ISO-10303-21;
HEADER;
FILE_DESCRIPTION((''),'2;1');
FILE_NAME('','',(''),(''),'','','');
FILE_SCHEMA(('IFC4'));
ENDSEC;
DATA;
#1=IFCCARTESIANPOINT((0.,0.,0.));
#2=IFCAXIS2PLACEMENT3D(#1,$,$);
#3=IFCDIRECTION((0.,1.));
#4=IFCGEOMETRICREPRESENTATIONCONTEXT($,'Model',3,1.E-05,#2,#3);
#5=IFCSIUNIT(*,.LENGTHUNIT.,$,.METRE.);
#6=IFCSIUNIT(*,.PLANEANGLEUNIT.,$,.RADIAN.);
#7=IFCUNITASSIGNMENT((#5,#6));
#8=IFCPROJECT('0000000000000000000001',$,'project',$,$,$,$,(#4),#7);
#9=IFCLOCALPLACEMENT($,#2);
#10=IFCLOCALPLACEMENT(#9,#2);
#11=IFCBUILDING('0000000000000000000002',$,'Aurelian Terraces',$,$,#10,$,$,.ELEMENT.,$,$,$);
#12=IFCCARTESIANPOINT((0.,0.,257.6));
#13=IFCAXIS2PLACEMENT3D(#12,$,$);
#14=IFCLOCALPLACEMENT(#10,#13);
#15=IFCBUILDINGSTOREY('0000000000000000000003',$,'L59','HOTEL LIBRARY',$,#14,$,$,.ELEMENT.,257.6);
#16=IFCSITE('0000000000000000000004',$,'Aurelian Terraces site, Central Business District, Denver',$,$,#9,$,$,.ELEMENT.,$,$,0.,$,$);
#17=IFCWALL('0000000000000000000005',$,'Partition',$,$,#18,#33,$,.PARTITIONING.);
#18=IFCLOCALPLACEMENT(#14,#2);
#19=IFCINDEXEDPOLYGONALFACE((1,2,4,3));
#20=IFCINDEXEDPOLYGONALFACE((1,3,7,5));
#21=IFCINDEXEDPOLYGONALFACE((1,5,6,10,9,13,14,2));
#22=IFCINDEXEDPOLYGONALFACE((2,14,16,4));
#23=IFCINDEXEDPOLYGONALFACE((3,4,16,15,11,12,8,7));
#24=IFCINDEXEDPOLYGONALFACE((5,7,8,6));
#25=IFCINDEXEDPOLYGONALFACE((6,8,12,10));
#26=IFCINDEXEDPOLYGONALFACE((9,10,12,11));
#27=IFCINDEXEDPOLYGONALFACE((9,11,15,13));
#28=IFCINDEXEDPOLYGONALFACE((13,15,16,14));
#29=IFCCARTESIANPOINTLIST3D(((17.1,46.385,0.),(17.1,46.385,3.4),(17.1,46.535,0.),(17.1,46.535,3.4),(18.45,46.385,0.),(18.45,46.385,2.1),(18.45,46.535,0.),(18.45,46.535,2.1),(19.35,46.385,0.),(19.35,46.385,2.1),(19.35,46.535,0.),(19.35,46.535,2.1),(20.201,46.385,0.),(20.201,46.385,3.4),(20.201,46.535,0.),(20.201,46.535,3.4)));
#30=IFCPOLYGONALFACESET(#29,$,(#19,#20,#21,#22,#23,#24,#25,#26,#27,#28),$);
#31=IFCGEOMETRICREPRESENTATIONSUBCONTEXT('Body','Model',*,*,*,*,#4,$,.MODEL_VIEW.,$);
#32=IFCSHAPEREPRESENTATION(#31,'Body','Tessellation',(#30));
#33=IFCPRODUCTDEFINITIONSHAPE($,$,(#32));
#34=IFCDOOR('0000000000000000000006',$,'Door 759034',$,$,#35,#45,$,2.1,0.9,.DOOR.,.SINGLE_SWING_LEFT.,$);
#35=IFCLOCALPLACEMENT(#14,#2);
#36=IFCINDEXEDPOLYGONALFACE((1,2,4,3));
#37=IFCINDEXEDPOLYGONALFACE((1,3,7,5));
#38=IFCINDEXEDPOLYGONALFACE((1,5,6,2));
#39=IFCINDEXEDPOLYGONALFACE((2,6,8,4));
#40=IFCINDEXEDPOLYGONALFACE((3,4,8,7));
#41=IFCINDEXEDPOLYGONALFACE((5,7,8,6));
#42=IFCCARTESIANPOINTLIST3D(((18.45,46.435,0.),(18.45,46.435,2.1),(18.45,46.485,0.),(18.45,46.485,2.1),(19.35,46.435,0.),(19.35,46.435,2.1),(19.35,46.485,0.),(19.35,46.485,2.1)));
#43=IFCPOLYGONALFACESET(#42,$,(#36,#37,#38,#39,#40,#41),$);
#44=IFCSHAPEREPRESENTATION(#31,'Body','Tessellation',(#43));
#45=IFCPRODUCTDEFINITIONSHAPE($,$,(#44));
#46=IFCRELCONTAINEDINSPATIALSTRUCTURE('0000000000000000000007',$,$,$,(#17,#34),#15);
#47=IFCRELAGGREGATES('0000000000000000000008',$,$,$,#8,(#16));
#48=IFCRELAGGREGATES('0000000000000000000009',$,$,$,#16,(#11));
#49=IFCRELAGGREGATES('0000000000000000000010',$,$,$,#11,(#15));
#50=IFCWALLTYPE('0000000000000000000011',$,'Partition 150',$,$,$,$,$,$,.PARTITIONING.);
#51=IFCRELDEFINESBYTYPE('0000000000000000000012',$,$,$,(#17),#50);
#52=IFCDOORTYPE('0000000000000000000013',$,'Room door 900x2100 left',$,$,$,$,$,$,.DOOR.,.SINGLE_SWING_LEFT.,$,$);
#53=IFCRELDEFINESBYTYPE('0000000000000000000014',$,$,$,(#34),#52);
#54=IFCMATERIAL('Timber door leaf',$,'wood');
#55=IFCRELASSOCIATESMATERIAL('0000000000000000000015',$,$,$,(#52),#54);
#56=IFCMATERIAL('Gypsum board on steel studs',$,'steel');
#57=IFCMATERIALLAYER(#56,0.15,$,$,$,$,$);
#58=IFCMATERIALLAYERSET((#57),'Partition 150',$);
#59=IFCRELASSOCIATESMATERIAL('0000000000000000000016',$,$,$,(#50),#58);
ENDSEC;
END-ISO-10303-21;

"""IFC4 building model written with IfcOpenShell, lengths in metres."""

from ifc_helpers import new_model, si_unit, direction, frame, frame_2d, origin, place, context, subcontext, project, spatial, rectangle, extrude, source, transform, mapped, material, layer, layer_set, type_object, element, fill, save


model = new_model("IFC4")

# Units and contexts
model_context = context("Model", 3, precision=1e-05, world=origin(), true_north=direction((0.0, 1.0)))
body_context = subcontext(model_context, "Body", "Model", "MODEL_VIEW")
ifc_project = project(units=[si_unit("LENGTHUNIT", "METRE"), si_unit("PLANEANGLEUNIT", "RADIAN")], contexts=[model_context])

# Site, building, storey
site_placement = place(None, origin())
site = spatial("IfcSite", under=ifc_project, at=site_placement, Name="Aurelian Terraces site, Central Business District, Denver", CompositionType="ELEMENT", RefElevation=0.0)
building_placement = place(site_placement, origin())
building = spatial("IfcBuilding", under=site, at=building_placement, Name="Aurelian Terraces", CompositionType="ELEMENT")
storey_placement = place(building_placement, frame((0.0, 0.0, 257.6)))
storey = spatial("IfcBuildingStorey", under=building, at=storey_placement, Name="L59", Description="HOTEL LIBRARY", CompositionType="ELEMENT", Elevation=257.6)

# Shared definitions
ifc_material_1 = material(Name="Gypsum board on steel studs", Category="steel")
shared_shape_1 = source(origin(), body_context, "Body", "SweptSolid", [
    extrude(rectangle(XDim=0.9, YDim=2.1, at=frame_2d((0.45, 1.05))), frame((0.0, 0.085, 0.0), z_axis=(0.0, -1.0, 0.0), x_axis=(1.0, 0.0, 0.0)), (0.0, 0.0, 1.0), 0.17),
])
ifc_material_2 = material(Name="Timber door leaf", Category="wood")
door_type_1 = type_object("IfcDoorType", Name="Room door 900x2100 left", OperationType="SINGLE_SWING_LEFT", PredefinedType="DOOR", material=ifc_material_2)
shared_shape_2 = source(origin(), body_context, "Body", "SweptSolid", [
    extrude(rectangle(XDim=0.9, YDim=2.1, at=frame_2d((0.45, 1.05))), frame((0.0, 0.025, 0.0), z_axis=(0.0, -1.0, 0.0), x_axis=(1.0, 0.0, 0.0)), (0.0, 0.0, 1.0), 0.05),
])

# Shared definitions
ifc_layer_1 = layer(ifc_material_1, 0.15)
ifc_layer_set_1 = layer_set([ifc_layer_1], Name="Partition 150")
wall_type_1 = type_object("IfcWallType", Name="Partition 150", PredefinedType="PARTITIONING", material=ifc_layer_set_1)

# Wall, opening, door
shared_shape_3 = source(origin(), body_context, "Body", "SweptSolid", [
    extrude(rectangle(XDim=3.101, YDim=0.15, at=frame_2d((1.5505, 0.0))), origin(), (0.0, 0.0, 1.0), 3.4),
])
wall_1_placement = place(storey_placement, frame((17.1, 46.46, 0.0), z_axis=(0.0, 0.0, 1.0), x_axis=(1.0, 0.0, 0.0)))
wall_1 = element("IfcWall", 1, at=wall_1_placement, inside=storey, type_object=wall_type_1, Name="Partition", PredefinedType="PARTITIONING", context=body_context, shape_type="MappedRepresentation", body=[
    mapped(shared_shape_3, transform((0.0, 0.0, 0.0), scale=1.0)),
])
opening_1_placement = place(wall_1_placement, frame((1.35, 0.0, 0.0)))
opening_1 = element("IfcOpeningElement", 2, at=opening_1_placement, cuts=wall_1, PredefinedType="OPENING", context=body_context, shape_type="MappedRepresentation", body=[
    mapped(shared_shape_1, transform((0.0, 0.0, 0.0), scale=1.0)),
])
door_1_placement = place(opening_1_placement, origin())
door_1 = element("IfcDoor", 3, at=door_1_placement, inside=storey, type_object=door_type_1, Name="Door 759034", OperationType="SINGLE_SWING_LEFT", OverallHeight=2.1, OverallWidth=0.9, PredefinedType="DOOR", context=body_context, shape_type="MappedRepresentation", body=[
    mapped(shared_shape_2, transform((0.0, 0.0, 0.0), scale=1.0)),
])
fill(opening_1, door_1)

save(model, "model.ifc")
